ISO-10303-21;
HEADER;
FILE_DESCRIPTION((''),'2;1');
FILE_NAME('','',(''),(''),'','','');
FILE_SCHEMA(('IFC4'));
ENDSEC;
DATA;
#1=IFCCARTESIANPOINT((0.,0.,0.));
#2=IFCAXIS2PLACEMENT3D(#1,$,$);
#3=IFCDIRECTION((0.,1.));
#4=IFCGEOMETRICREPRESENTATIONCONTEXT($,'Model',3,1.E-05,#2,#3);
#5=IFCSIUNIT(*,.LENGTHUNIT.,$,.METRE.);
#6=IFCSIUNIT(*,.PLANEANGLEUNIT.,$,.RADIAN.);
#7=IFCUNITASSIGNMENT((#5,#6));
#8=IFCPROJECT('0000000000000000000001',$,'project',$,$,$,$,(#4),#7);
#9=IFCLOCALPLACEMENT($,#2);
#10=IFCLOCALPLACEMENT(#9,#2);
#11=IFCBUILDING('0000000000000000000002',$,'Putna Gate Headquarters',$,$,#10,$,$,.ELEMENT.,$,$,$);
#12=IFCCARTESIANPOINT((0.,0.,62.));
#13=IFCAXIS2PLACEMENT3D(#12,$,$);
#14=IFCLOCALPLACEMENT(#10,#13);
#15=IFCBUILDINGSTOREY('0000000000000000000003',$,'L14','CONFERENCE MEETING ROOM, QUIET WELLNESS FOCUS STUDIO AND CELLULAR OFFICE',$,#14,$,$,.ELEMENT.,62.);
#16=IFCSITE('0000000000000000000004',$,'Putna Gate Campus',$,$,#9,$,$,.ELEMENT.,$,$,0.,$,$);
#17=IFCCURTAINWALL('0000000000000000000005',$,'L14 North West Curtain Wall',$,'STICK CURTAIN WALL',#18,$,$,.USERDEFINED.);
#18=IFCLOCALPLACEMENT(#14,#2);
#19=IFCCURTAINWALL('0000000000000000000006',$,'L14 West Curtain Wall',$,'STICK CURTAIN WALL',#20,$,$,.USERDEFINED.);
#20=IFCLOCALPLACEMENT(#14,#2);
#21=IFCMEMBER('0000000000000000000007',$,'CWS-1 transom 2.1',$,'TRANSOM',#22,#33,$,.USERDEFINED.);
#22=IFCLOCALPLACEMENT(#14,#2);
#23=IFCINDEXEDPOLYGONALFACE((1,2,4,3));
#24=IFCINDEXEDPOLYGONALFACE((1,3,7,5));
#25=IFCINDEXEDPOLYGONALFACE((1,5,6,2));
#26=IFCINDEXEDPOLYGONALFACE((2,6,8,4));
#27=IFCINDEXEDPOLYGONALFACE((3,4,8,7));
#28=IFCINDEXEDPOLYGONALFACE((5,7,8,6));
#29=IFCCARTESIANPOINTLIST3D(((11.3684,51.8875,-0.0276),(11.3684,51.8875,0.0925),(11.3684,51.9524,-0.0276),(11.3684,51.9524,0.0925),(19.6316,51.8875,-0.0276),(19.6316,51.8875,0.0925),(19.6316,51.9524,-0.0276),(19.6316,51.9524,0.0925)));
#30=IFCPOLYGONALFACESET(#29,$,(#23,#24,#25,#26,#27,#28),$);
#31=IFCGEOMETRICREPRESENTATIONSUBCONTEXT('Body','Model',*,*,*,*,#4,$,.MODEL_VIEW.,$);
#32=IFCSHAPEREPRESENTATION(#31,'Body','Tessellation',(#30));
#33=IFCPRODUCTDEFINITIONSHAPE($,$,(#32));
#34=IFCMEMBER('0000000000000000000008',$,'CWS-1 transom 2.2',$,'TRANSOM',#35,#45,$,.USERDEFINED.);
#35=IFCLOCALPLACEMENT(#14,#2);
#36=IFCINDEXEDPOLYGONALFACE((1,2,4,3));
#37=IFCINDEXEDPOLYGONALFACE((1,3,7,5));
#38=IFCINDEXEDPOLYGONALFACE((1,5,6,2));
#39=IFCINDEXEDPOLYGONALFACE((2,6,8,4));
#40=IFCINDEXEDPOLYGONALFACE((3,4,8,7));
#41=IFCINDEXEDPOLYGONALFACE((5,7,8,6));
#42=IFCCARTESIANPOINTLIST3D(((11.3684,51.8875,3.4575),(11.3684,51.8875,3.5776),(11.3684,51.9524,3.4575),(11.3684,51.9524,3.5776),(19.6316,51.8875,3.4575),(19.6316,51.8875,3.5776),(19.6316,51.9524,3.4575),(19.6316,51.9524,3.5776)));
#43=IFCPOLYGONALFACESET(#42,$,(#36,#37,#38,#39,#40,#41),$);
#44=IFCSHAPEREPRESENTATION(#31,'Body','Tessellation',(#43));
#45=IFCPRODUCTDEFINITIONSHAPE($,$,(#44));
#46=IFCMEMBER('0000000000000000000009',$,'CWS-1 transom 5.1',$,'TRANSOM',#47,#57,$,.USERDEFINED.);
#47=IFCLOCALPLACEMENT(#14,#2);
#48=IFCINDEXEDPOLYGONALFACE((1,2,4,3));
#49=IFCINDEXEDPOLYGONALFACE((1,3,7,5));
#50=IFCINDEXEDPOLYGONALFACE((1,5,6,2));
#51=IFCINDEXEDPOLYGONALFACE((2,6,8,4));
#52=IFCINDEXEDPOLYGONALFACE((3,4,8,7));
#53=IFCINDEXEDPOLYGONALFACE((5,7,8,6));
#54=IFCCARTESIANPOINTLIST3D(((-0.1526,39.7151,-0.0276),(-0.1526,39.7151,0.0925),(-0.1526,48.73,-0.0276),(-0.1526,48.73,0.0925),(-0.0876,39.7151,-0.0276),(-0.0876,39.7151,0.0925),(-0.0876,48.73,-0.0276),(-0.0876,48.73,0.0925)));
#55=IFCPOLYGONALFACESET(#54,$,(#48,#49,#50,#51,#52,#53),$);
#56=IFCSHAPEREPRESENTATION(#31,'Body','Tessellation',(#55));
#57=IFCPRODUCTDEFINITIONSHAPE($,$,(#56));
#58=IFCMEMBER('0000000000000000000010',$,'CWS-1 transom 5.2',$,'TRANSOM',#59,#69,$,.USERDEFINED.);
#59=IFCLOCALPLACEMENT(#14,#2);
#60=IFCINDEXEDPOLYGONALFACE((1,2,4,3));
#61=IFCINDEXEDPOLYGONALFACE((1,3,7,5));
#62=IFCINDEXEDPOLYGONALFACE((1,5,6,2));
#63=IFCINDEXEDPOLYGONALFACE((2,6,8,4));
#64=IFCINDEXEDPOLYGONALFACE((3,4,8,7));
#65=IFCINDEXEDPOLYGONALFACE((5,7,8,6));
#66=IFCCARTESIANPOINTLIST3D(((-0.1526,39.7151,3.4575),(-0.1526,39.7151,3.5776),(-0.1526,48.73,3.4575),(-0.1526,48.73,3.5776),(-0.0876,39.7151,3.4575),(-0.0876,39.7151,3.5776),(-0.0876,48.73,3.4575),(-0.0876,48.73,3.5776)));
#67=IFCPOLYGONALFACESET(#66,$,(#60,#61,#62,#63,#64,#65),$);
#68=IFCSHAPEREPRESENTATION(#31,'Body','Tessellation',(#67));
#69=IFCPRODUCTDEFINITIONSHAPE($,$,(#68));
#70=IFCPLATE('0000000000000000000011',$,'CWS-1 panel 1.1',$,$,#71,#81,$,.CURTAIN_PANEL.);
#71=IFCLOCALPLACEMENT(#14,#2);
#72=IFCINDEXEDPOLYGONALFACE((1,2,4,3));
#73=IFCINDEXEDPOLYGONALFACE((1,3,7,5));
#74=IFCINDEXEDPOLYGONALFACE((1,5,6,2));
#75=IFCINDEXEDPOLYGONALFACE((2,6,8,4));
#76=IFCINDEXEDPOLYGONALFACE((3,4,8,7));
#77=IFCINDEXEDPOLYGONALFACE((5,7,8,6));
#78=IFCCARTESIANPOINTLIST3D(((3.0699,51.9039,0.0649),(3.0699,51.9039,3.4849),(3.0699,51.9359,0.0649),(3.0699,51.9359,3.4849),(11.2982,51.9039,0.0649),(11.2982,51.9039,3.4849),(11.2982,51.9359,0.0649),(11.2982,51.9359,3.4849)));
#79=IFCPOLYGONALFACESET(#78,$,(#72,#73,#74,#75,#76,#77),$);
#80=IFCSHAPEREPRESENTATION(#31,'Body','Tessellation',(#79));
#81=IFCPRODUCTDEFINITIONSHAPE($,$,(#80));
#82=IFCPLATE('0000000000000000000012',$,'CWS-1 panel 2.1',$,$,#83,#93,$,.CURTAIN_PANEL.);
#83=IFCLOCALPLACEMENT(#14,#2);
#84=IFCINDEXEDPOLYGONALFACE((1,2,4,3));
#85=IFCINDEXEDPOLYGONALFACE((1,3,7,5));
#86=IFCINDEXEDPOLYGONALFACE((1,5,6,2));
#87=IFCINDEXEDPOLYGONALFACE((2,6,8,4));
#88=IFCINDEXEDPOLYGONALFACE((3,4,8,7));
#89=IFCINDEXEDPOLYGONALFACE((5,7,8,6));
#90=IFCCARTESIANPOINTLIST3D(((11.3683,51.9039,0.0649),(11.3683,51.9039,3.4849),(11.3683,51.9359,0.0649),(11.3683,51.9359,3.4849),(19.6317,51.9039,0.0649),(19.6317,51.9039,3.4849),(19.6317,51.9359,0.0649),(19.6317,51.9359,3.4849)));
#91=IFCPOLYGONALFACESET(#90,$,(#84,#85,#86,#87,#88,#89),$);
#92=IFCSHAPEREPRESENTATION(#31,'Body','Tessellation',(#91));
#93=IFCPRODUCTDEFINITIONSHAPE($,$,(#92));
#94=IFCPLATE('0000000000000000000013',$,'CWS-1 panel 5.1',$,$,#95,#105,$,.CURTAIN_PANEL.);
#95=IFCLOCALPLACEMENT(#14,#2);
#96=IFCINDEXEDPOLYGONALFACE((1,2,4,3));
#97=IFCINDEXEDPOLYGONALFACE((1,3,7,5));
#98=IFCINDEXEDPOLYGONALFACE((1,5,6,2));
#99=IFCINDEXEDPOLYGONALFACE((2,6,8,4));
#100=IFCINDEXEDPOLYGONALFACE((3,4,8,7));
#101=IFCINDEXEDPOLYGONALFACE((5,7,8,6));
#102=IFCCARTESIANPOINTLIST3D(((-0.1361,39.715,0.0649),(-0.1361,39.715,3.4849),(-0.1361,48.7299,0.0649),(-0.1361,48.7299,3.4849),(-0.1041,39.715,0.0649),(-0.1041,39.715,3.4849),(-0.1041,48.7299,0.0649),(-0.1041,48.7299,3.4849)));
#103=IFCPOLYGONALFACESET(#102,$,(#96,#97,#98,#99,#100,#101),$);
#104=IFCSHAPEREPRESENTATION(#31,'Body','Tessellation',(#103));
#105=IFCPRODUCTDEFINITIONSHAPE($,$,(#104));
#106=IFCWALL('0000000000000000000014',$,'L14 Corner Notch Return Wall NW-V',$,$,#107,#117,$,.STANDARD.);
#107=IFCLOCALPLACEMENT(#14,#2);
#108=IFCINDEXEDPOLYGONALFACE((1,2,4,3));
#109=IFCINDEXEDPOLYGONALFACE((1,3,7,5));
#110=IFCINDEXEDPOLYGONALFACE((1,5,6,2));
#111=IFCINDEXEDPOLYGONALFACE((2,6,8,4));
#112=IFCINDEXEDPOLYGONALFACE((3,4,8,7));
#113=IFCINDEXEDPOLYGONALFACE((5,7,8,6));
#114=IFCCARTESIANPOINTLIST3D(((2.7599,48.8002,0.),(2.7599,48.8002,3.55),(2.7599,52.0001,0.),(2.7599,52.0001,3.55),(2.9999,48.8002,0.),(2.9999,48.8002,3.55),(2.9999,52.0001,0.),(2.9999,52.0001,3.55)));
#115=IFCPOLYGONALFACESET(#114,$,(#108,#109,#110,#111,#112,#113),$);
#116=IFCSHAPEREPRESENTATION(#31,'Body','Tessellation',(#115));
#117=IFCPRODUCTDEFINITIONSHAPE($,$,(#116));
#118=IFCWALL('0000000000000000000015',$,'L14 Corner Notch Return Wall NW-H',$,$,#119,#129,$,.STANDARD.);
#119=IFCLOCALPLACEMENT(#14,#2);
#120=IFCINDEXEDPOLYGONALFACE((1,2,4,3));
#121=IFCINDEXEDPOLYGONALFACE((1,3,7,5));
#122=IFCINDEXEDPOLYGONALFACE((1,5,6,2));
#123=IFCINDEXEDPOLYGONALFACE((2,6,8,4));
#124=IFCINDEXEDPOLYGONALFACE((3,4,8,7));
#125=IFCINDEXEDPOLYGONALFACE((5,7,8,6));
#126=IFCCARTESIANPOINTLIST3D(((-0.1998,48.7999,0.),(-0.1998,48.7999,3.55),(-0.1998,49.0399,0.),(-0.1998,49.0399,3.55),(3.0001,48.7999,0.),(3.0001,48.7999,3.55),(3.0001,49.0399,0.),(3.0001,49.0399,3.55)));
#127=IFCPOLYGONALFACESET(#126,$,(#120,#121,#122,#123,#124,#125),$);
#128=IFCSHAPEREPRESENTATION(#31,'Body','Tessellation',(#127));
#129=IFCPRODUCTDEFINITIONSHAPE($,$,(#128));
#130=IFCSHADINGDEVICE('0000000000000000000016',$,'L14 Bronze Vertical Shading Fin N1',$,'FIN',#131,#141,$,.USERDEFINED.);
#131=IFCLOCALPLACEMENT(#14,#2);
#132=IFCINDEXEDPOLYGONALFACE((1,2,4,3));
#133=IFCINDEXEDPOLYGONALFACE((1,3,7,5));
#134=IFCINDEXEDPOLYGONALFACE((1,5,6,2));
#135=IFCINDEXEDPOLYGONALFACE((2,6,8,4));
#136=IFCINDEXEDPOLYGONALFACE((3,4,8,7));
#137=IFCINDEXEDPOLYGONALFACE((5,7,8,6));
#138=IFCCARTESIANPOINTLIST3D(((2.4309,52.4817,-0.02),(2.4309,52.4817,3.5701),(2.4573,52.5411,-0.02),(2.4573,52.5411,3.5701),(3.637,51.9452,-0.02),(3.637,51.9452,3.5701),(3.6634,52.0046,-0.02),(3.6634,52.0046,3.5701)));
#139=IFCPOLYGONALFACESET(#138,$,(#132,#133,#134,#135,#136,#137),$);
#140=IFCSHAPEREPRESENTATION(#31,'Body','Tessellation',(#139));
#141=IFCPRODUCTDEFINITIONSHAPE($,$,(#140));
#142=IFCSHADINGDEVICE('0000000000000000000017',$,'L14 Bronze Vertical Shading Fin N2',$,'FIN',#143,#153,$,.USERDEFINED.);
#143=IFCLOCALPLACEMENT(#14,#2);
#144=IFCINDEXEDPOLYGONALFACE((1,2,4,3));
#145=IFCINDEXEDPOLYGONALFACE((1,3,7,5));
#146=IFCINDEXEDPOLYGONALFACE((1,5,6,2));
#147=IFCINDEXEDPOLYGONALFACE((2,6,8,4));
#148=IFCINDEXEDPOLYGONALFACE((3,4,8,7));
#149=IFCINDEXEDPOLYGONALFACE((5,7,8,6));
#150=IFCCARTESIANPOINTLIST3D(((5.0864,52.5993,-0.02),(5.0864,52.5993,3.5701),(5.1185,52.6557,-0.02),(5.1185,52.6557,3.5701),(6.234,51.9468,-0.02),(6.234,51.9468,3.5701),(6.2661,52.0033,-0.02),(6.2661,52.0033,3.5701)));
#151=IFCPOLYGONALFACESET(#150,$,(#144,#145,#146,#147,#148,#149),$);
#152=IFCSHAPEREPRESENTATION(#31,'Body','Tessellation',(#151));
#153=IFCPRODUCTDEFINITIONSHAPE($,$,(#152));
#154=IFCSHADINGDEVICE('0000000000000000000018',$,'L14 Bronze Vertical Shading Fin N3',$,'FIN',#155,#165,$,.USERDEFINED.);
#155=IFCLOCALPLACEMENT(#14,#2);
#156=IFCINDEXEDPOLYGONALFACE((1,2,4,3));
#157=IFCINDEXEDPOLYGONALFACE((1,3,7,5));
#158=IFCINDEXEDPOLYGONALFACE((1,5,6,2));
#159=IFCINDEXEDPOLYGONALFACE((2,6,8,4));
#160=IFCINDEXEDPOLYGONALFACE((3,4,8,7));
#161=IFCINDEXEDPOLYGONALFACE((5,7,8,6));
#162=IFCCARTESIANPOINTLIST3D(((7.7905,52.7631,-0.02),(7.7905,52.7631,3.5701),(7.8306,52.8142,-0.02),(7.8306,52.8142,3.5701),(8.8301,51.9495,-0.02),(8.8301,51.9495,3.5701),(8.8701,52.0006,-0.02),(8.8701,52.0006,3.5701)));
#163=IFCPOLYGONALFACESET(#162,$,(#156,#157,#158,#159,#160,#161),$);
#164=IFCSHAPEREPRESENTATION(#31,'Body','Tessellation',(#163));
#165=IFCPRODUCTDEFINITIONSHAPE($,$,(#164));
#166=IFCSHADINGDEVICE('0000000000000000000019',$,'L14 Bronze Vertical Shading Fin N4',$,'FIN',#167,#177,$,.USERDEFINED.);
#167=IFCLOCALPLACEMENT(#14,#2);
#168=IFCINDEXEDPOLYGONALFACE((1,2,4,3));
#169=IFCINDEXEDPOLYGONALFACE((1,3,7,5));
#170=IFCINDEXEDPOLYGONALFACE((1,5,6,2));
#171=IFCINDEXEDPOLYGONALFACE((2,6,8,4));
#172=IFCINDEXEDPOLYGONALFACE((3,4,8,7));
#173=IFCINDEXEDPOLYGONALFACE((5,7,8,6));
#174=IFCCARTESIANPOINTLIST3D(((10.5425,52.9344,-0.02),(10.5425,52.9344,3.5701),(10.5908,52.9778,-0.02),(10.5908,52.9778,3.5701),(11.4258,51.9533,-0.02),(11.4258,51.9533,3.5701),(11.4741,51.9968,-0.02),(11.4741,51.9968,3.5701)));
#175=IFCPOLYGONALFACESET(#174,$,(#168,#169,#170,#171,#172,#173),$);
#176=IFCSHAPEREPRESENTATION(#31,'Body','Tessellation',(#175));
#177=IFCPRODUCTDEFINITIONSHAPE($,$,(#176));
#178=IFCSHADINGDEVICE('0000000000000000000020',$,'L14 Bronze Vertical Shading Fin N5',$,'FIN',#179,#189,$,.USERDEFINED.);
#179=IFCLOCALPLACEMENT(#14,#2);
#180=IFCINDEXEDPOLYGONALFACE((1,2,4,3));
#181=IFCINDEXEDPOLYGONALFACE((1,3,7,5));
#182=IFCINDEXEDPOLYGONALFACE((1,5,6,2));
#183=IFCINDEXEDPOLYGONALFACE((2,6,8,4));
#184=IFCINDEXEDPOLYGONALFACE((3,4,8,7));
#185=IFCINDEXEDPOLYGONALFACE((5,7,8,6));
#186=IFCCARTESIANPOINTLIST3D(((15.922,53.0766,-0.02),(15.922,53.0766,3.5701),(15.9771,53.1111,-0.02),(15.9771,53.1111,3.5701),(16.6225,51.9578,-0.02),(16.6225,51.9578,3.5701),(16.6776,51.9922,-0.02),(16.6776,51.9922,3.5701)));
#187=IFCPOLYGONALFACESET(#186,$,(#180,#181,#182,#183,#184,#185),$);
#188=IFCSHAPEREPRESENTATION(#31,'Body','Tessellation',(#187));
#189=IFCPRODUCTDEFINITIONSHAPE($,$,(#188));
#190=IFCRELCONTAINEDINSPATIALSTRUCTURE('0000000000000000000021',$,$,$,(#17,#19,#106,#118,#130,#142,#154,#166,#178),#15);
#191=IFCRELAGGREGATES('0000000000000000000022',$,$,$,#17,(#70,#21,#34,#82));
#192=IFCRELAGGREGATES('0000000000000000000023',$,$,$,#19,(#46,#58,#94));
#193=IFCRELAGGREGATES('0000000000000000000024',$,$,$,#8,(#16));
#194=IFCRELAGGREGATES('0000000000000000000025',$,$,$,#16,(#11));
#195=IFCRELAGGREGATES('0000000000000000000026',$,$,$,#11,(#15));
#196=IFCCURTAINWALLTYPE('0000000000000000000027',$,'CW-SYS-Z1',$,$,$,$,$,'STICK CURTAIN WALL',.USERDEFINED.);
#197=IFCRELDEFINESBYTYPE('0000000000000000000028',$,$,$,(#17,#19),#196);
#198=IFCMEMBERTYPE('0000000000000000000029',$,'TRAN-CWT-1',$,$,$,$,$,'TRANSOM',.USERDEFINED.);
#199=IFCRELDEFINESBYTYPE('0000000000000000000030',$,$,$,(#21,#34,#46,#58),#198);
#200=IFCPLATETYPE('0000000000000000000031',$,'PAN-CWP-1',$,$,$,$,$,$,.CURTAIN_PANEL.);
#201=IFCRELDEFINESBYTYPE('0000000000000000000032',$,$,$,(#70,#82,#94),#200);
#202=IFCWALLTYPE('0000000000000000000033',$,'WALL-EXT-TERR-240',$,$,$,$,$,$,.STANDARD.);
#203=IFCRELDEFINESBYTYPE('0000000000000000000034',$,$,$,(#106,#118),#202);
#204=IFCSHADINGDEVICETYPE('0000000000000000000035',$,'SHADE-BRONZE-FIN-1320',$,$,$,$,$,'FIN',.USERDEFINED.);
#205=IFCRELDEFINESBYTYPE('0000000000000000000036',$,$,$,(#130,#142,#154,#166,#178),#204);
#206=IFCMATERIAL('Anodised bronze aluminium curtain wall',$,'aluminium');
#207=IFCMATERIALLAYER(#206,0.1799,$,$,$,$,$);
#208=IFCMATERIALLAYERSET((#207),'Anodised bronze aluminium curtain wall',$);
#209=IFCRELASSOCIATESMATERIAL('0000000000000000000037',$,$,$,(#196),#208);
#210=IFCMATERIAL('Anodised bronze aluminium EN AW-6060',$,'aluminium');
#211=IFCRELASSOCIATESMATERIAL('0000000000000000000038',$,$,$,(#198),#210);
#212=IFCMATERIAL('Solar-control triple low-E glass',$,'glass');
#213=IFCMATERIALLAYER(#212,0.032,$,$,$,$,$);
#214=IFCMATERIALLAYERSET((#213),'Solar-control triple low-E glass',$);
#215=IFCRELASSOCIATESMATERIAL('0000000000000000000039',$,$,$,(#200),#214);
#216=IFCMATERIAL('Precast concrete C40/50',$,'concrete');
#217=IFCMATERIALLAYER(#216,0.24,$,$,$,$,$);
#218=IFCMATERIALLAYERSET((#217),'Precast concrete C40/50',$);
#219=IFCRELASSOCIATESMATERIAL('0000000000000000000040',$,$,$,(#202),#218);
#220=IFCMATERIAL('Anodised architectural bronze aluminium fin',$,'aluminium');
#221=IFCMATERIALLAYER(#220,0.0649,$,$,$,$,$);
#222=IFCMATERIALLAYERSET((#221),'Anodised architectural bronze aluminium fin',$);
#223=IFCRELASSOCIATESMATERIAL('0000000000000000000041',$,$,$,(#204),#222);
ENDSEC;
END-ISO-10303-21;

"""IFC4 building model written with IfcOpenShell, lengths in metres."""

from ifc_helpers import new_model, si_unit, direction, frame, frame_2d, origin, origin_2d, place, context, subcontext, project, spatial, rectangle, extrude, material, layer, layer_set, material_profile, profile_set, type_object, element, aggregate, save


model = new_model("IFC4")

# Units and contexts
model_context = context("Model", 3, precision=1e-05, world=origin(), true_north=direction((0.0, 1.0)))
body_context = subcontext(model_context, "Body", "Model", "MODEL_VIEW")
ifc_project = project(units=[si_unit("LENGTHUNIT", "METRE"), si_unit("PLANEANGLEUNIT", "RADIAN")], contexts=[model_context])

# Site, building, storey
site_placement = place(None, origin())
site = spatial("IfcSite", under=ifc_project, at=site_placement, Name="Putna Gate Campus", CompositionType="ELEMENT", RefElevation=0.0)
building_placement = place(site_placement, origin())
building = spatial("IfcBuilding", under=site, at=building_placement, Name="Putna Gate Headquarters", CompositionType="ELEMENT")
storey_placement = place(building_placement, frame((0.0, 0.0, 62.0)))
storey = spatial("IfcBuildingStorey", under=building, at=storey_placement, Name="L14", Description="CONFERENCE MEETING ROOM, QUIET WELLNESS FOCUS STUDIO AND CELLULAR OFFICE", CompositionType="ELEMENT", Elevation=62.0)

# Curtain walls
ifc_material_1 = material(Name="Anodised bronze aluminium curtain wall", Category="aluminium")
ifc_layer_1 = layer(ifc_material_1, 0.1799)
ifc_layer_set_1 = layer_set([ifc_layer_1], Name="Anodised bronze aluminium curtain wall")
curtain_wall_type = type_object("IfcCurtainWallType", Name="CW-SYS-Z1", ElementType="STICK CURTAIN WALL", PredefinedType="USERDEFINED", material=ifc_layer_set_1)
curtain_wall_1_placement = place(storey_placement, origin())
curtain_wall_1 = element("IfcCurtainWall", 1, at=curtain_wall_1_placement, inside=storey, type_object=curtain_wall_type, Name="L14 North West Curtain Wall", ObjectType="STICK CURTAIN WALL", PredefinedType="USERDEFINED")
ifc_material_2 = material(Name="Anodised bronze aluminium EN AW-6060", Category="aluminium")
curtain_wall_2_placement = place(storey_placement, origin())
curtain_wall_2 = element("IfcCurtainWall", 2, at=curtain_wall_2_placement, inside=storey, type_object=curtain_wall_type, Name="L14 West Curtain Wall", ObjectType="STICK CURTAIN WALL", PredefinedType="USERDEFINED")

# Members
ifc_material_profile_1 = material_profile(ifc_material_2, rectangle(XDim=0.0649, YDim=0.1201, at=origin_2d()), Name="Anodised bronze aluminium EN AW-6060")
ifc_profile_set_1 = profile_set([ifc_material_profile_1], Name="Anodised bronze aluminium EN AW-6060")
member_type_1 = type_object("IfcMemberType", Name="TRAN-CWT-1", ElementType="TRANSOM", PredefinedType="USERDEFINED", material=ifc_profile_set_1)
member_1_placement = place(storey_placement, frame((11.3684, 51.9199, 0.0325), z_axis=(1.0, 0.0, 0.0), x_axis=(0.0, 1.0, 0.0)))
member_1 = element("IfcMember", 3, at=member_1_placement, type_object=member_type_1, Name="CWS-1 transom 2.1", ObjectType="TRANSOM", PredefinedType="USERDEFINED", context=body_context, shape_type="SweptSolid", body=[
    extrude(rectangle(XDim=0.0649, YDim=0.1201, at=origin_2d()), origin(), (0.0, 0.0, 1.0), 8.2632),
])
member_2_placement = place(storey_placement, frame((11.3684, 51.9199, 3.5176), z_axis=(1.0, 0.0, 0.0), x_axis=(0.0, 1.0, 0.0)))
member_2 = element("IfcMember", 4, at=member_2_placement, type_object=member_type_1, Name="CWS-1 transom 2.2", ObjectType="TRANSOM", PredefinedType="USERDEFINED", context=body_context, shape_type="SweptSolid", body=[
    extrude(rectangle(XDim=0.0649, YDim=0.1201, at=origin_2d()), origin(), (0.0, 0.0, 1.0), 8.2632),
])
member_3_placement = place(storey_placement, frame((-0.1201, 39.7151, 0.0325), z_axis=(0.0, 1.0, 0.0), x_axis=(-1.0, 0.0, 0.0)))
member_3 = element("IfcMember", 5, at=member_3_placement, type_object=member_type_1, Name="CWS-1 transom 5.1", ObjectType="TRANSOM", PredefinedType="USERDEFINED", context=body_context, shape_type="SweptSolid", body=[
    extrude(rectangle(XDim=0.0649, YDim=0.1201, at=origin_2d()), origin(), (0.0, 0.0, 1.0), 9.0149),
])
member_4_placement = place(storey_placement, frame((-0.1201, 39.7151, 3.5176), z_axis=(0.0, 1.0, 0.0), x_axis=(-1.0, 0.0, 0.0)))
member_4 = element("IfcMember", 6, at=member_4_placement, type_object=member_type_1, Name="CWS-1 transom 5.2", ObjectType="TRANSOM", PredefinedType="USERDEFINED", context=body_context, shape_type="SweptSolid", body=[
    extrude(rectangle(XDim=0.0649, YDim=0.1201, at=origin_2d()), origin(), (0.0, 0.0, 1.0), 9.0149),
])

# Plates
ifc_material_3 = material(Name="Solar-control triple low-E glass", Category="glass")
ifc_layer_2 = layer(ifc_material_3, 0.032)
ifc_layer_set_2 = layer_set([ifc_layer_2], Name="Solar-control triple low-E glass")
plate_type = type_object("IfcPlateType", Name="PAN-CWP-1", PredefinedType="CURTAIN_PANEL", material=ifc_layer_set_2)
plate_1_placement = place(storey_placement, frame((7.1841, 51.9199, 0.0649), z_axis=(0.0, 0.0, 1.0), x_axis=(1.0, 0.0, 0.0)))
plate_1 = element("IfcPlate", 7, at=plate_1_placement, type_object=plate_type, Name="CWS-1 panel 1.1", PredefinedType="CURTAIN_PANEL", context=body_context, shape_type="SweptSolid", body=[
    extrude(rectangle(XDim=8.2283, YDim=0.032, at=origin_2d()), origin(), (0.0, 0.0, 1.0), 3.4199),
])
plate_2_placement = place(storey_placement, frame((15.5, 51.9199, 0.0649), z_axis=(0.0, 0.0, 1.0), x_axis=(1.0, 0.0, 0.0)))
plate_2 = element("IfcPlate", 8, at=plate_2_placement, type_object=plate_type, Name="CWS-1 panel 2.1", PredefinedType="CURTAIN_PANEL", context=body_context, shape_type="SweptSolid", body=[
    extrude(rectangle(XDim=8.2634, YDim=0.032, at=origin_2d()), origin(), (0.0, 0.0, 1.0), 3.4199),
])
aggregate(curtain_wall_1, [plate_1, member_1, member_2, plate_2])
plate_3_placement = place(storey_placement, frame((-0.1201, 44.2224, 0.0649), z_axis=(0.0, 0.0, 1.0), x_axis=(0.0, 1.0, 0.0)))
plate_3 = element("IfcPlate", 9, at=plate_3_placement, type_object=plate_type, Name="CWS-1 panel 5.1", PredefinedType="CURTAIN_PANEL", context=body_context, shape_type="SweptSolid", body=[
    extrude(rectangle(XDim=9.0149, YDim=0.032, at=origin_2d()), origin(), (0.0, 0.0, 1.0), 3.4199),
])
aggregate(curtain_wall_2, [member_3, member_4, plate_3])

# Walls
ifc_material_4 = material(Name="Precast concrete C40/50", Category="concrete")
ifc_layer_3 = layer(ifc_material_4, 0.24)
ifc_layer_set_3 = layer_set([ifc_layer_3], Name="Precast concrete C40/50")
wall_type = type_object("IfcWallType", Name="WALL-EXT-TERR-240", PredefinedType="STANDARD", material=ifc_layer_set_3)
for number, where, z_axis, x_axis, name in (
    (10, (2.8799, 48.8, 0.0), (0.0, 0.0, 1.0), (0.0, 1.0, 0.0), "L14 Corner Notch Return Wall NW-V"),
    (11, (-0.2, 48.9199, 0.0), (0.0, 0.0, 1.0), (1.0, 0.0, 0.0), "L14 Corner Notch Return Wall NW-H"),
):
    element("IfcWall", number, at=place(storey_placement, frame(where, z_axis=z_axis, x_axis=x_axis)), inside=storey, type_object=wall_type, Name=name, PredefinedType="STANDARD", context=body_context, shape_type="SweptSolid", body=[
        extrude(rectangle(XDim=3.2, YDim=0.24, at=frame_2d((1.6001, 0.0))), origin(), (0.0, 0.0, 1.0), 3.55),
    ])

# Shading devices
ifc_material_5 = material(Name="Anodised architectural bronze aluminium fin", Category="aluminium")
ifc_layer_4 = layer(ifc_material_5, 0.0649)
ifc_layer_set_4 = layer_set([ifc_layer_4], Name="Anodised architectural bronze aluminium fin")
shading_device_type = type_object("IfcShadingDeviceType", Name="SHADE-BRONZE-FIN-1320", ElementType="FIN", PredefinedType="USERDEFINED", material=ifc_layer_set_4)
for number, where, z_axis, x_axis, name in (
    (12, (3.0471, 52.2432, -0.02), (0.0, 0.0, 1.0), (-0.913687, 0.406418, 0.0), "L14 Bronze Vertical Shading Fin N1"),
    (13, (5.6763, 52.3013, -0.02), (0.0, 0.0, 1.0), (-0.869322, 0.494245, 0.0), "L14 Bronze Vertical Shading Fin N2"),
    (14, (8.3303, 52.3818, -0.02), (0.0, 0.0, 1.0), (-0.787473, 0.616349, 0.0), "L14 Bronze Vertical Shading Fin N3"),
    (15, (11.0083, 52.4656, -0.02), (0.0, 0.0, 1.0), (-0.669131, 0.743145, 0.0), "L14 Bronze Vertical Shading Fin N4"),
    (16, (16.2998, 52.5344, -0.02), (0.0, 0.0, 1.0), (-0.530659, 0.847585, 0.0), "L14 Bronze Vertical Shading Fin N5"),
):
    element("IfcShadingDevice", number, at=place(storey_placement, frame(where, z_axis=z_axis, x_axis=x_axis)), inside=storey, type_object=shading_device_type, Name=name, ObjectType="FIN", PredefinedType="USERDEFINED", context=body_context, shape_type="SweptSolid", body=[
        extrude(rectangle(XDim=1.3201, YDim=0.0649, at=origin_2d()), origin(), (0.0, 0.0, 1.0), 3.5901),
    ])

save(model, "model.ifc")
